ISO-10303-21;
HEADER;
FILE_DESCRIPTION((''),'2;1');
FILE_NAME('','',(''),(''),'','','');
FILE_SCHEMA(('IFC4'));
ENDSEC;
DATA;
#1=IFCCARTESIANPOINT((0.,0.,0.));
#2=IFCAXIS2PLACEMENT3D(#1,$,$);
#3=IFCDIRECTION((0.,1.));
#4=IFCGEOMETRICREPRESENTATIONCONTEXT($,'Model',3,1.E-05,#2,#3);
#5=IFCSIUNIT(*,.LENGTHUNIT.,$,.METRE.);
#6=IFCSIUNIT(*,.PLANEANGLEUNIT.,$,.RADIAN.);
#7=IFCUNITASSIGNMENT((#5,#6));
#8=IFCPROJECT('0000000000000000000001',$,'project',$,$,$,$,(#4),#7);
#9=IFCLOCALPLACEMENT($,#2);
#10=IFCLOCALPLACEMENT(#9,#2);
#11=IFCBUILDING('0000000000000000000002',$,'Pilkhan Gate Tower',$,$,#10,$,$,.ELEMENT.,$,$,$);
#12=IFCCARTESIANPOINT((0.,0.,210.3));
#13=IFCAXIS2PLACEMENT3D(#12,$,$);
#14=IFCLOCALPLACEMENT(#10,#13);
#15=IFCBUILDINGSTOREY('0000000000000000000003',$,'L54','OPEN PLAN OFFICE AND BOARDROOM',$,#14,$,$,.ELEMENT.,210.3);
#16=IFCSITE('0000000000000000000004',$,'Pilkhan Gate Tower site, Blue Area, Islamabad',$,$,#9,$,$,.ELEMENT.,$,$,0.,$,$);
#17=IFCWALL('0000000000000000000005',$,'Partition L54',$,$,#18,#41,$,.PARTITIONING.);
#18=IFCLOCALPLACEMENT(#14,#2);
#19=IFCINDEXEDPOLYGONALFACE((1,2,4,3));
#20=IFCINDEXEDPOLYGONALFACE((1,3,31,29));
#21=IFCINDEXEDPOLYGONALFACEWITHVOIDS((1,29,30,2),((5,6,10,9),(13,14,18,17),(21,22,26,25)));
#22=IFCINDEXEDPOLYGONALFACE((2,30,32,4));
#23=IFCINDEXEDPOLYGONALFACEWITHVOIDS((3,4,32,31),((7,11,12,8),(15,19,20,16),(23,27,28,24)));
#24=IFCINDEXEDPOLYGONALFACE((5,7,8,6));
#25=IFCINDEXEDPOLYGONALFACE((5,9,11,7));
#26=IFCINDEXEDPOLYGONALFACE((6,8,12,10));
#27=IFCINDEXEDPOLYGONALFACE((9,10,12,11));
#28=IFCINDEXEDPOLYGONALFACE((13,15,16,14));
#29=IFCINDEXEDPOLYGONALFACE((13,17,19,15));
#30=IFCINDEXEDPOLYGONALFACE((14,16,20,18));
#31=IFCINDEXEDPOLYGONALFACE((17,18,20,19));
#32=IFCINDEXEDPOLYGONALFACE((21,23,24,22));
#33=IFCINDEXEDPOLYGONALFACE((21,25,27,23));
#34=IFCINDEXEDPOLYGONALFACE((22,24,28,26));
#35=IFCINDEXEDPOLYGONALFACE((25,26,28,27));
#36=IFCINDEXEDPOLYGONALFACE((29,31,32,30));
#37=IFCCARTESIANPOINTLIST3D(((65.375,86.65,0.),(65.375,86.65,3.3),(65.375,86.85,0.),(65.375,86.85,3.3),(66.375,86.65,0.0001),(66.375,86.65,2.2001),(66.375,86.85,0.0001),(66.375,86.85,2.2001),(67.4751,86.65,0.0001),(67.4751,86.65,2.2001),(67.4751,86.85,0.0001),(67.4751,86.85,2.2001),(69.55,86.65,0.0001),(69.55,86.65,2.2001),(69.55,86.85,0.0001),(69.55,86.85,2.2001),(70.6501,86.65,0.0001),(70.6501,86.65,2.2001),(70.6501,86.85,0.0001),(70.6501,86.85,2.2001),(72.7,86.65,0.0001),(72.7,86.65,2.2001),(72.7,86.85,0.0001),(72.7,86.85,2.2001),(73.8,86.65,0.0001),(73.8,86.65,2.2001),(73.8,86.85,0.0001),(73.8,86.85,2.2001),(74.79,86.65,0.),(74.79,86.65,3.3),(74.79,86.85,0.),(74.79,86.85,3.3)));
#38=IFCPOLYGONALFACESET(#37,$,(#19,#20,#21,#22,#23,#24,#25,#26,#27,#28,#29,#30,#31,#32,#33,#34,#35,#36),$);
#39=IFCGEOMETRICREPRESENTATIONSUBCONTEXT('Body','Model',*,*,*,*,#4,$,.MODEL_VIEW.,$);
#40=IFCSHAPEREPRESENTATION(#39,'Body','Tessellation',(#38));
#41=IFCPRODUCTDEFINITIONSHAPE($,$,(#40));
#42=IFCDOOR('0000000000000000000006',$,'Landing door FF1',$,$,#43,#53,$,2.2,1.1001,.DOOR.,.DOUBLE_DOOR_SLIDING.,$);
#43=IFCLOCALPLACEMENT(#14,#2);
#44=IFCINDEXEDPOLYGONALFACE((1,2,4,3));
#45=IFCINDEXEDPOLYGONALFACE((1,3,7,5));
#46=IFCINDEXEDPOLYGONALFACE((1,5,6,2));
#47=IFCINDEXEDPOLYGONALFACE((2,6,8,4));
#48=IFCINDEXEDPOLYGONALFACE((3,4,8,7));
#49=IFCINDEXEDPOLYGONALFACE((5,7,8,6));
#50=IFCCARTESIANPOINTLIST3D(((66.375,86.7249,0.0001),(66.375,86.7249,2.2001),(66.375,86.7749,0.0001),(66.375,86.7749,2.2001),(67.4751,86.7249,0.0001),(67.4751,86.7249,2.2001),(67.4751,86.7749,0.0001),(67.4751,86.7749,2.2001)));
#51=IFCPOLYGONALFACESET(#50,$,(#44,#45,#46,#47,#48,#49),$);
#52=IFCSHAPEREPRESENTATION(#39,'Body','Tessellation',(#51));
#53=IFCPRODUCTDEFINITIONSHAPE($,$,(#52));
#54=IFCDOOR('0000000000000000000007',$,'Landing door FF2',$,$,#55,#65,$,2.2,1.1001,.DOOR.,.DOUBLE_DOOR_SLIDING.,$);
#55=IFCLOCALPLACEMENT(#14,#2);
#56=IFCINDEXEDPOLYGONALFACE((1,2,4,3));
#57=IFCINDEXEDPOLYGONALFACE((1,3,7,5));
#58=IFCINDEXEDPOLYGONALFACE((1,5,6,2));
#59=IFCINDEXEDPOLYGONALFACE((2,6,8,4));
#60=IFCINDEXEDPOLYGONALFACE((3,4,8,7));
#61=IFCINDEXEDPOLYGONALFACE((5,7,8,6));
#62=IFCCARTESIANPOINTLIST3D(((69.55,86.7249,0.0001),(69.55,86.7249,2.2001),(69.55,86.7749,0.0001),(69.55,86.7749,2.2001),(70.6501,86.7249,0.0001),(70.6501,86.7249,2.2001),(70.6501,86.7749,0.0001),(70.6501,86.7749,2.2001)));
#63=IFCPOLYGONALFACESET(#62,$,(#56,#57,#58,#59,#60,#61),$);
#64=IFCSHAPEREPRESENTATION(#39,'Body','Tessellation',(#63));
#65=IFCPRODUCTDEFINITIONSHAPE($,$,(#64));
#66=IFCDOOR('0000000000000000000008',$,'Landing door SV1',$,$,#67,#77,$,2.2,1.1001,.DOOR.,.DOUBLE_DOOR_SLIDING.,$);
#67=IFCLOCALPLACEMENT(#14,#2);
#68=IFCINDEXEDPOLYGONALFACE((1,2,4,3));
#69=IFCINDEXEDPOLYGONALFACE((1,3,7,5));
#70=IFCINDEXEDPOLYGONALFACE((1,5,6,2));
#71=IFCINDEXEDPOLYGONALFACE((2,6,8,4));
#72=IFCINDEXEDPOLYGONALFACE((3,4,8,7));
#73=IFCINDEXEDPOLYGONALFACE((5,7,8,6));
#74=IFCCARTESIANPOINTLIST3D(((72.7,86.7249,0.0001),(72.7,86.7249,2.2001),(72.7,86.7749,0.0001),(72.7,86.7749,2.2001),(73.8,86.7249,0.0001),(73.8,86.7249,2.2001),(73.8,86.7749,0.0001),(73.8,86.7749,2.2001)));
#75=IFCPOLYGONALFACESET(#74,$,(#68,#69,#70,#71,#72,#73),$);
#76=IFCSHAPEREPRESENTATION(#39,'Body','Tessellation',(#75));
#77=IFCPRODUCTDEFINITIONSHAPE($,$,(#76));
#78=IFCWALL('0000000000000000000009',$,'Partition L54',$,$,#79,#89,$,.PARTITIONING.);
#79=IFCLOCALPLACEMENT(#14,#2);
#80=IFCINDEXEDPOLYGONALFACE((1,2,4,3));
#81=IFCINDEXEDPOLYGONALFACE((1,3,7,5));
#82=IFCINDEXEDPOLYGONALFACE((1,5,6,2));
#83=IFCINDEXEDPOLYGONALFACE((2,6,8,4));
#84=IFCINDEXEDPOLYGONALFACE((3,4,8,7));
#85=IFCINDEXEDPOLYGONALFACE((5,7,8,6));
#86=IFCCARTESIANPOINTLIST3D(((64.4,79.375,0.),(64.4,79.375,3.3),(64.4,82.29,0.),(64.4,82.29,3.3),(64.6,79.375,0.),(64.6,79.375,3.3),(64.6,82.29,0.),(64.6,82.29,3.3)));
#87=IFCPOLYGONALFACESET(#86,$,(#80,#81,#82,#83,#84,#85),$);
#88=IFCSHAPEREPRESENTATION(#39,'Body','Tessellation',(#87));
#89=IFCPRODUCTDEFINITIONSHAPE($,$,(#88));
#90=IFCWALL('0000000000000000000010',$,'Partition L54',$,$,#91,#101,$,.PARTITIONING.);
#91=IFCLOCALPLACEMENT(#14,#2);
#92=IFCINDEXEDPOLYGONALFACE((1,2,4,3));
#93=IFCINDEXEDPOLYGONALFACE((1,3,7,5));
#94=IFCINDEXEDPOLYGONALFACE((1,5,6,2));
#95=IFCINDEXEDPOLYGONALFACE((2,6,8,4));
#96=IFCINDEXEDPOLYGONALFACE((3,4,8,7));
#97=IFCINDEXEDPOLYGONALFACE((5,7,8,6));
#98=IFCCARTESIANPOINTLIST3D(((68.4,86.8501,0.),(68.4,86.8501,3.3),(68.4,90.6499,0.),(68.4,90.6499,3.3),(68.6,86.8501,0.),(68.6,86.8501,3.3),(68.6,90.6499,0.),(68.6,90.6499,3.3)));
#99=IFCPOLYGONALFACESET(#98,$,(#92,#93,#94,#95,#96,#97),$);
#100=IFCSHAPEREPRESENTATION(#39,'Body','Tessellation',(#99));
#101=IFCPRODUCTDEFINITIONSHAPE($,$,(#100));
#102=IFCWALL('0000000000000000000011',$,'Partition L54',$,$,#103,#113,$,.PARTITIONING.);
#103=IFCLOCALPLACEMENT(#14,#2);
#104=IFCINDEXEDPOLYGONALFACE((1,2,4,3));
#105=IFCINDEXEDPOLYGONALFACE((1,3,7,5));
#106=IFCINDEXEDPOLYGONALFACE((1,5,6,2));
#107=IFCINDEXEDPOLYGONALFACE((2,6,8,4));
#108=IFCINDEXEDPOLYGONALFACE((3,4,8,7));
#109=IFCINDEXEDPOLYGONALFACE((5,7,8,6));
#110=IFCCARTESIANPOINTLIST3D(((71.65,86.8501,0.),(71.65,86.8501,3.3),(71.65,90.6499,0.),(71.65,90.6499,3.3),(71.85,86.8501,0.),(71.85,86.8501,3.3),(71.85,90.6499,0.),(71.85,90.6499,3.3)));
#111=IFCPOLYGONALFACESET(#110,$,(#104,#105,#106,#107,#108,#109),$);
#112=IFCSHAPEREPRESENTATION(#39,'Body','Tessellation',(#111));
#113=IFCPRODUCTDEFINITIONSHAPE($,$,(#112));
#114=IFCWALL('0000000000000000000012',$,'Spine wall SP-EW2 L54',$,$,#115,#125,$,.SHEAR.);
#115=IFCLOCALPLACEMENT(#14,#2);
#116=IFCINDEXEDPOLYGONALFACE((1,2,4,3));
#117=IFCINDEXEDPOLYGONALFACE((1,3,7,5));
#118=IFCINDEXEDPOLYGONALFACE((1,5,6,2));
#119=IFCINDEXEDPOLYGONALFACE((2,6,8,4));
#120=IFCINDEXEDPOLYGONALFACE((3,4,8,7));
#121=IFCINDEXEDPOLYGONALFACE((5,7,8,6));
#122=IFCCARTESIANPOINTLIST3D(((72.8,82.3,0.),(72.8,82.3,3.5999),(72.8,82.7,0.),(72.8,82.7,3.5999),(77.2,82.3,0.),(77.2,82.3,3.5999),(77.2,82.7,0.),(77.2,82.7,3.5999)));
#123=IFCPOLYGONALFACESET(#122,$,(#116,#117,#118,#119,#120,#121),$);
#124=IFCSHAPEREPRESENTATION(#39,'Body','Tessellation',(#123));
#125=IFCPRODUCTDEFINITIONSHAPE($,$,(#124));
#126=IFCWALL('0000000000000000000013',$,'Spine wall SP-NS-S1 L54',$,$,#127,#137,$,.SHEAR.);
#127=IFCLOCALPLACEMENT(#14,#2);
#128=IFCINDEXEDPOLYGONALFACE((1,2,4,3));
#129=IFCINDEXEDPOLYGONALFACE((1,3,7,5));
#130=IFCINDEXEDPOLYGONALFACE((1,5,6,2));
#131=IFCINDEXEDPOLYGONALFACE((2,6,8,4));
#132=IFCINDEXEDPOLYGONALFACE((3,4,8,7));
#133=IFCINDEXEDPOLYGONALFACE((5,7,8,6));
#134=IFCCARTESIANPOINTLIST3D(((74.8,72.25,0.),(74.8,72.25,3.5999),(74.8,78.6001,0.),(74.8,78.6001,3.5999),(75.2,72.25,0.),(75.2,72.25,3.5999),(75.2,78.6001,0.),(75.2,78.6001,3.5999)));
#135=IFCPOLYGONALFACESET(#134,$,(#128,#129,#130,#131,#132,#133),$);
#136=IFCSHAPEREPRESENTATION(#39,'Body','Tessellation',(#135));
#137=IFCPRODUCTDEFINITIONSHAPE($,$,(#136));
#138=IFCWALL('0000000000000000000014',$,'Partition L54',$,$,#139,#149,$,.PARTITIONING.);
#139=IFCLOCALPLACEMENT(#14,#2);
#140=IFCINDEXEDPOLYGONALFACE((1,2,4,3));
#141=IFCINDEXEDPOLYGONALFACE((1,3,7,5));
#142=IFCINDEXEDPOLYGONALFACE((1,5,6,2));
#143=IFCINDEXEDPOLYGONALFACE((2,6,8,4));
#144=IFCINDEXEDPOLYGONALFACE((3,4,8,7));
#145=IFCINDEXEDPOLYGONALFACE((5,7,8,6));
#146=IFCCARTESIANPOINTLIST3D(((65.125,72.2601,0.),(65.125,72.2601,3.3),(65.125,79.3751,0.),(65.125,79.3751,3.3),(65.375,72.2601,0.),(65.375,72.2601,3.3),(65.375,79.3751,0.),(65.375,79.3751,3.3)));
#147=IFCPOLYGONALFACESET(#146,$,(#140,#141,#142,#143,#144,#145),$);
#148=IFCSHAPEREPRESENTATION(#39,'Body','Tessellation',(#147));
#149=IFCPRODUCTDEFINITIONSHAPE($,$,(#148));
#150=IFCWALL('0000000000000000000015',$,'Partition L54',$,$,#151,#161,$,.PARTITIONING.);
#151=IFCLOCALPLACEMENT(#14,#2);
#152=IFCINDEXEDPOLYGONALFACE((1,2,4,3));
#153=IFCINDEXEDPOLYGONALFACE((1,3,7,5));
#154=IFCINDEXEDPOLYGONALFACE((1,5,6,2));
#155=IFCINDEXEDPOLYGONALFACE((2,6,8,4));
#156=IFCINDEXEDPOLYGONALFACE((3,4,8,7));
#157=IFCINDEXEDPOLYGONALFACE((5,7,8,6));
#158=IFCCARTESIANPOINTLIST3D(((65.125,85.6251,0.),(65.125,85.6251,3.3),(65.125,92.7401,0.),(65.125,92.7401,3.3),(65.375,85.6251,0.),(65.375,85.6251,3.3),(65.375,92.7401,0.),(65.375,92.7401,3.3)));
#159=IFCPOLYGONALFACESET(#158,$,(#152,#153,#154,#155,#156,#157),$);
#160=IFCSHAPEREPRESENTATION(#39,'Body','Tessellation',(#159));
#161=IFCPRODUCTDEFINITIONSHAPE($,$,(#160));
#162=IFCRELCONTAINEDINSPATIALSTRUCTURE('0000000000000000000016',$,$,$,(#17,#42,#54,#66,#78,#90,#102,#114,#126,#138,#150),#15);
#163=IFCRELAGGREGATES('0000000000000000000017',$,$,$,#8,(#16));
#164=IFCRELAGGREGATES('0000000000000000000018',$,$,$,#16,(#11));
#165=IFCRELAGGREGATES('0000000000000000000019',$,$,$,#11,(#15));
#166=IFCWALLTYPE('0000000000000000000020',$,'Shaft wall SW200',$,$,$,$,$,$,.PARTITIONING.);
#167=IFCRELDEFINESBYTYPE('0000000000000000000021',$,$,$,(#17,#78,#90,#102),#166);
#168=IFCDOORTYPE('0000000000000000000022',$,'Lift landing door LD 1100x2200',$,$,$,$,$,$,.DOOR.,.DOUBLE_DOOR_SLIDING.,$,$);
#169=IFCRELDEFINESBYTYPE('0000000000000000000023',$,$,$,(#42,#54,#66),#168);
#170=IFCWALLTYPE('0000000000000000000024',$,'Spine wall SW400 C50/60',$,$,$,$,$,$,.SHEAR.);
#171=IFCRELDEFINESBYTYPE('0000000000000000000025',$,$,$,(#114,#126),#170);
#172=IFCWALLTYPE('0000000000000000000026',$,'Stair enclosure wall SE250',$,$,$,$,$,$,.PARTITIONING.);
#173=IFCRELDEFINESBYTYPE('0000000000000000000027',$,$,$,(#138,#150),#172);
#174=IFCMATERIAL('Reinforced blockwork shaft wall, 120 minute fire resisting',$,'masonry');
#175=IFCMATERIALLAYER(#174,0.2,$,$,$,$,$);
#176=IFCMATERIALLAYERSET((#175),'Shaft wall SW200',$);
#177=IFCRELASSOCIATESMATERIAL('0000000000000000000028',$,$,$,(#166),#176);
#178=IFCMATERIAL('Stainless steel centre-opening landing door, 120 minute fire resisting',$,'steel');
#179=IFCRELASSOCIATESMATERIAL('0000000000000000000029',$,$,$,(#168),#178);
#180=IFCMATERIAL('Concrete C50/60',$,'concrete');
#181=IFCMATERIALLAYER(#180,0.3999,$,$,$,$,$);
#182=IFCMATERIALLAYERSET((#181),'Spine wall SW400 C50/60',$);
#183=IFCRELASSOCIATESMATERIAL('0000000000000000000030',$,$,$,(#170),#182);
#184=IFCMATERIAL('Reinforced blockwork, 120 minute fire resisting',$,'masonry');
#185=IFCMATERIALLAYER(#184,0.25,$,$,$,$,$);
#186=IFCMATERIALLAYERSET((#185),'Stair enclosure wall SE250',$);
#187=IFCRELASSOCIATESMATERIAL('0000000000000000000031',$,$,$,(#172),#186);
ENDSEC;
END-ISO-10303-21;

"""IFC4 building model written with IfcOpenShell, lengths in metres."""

from ifc_helpers import new_model, si_unit, direction, frame, frame_2d, origin, place, context, subcontext, project, spatial, rectangle, extrude, material, layer, layer_set, type_object, element, fill, save


model = new_model("IFC4")

# Units and contexts
model_context = context("Model", 3, precision=1e-05, world=origin(), true_north=direction((0.0, 1.0)))
body_context = subcontext(model_context, "Body", "Model", "MODEL_VIEW")
ifc_project = project(units=[si_unit("LENGTHUNIT", "METRE"), si_unit("PLANEANGLEUNIT", "RADIAN")], contexts=[model_context])

# Site, building, storey
site_placement = place(None, origin())
site = spatial("IfcSite", under=ifc_project, at=site_placement, Name="Pilkhan Gate Tower site, Blue Area, Islamabad", CompositionType="ELEMENT", RefElevation=0.0)
building_placement = place(site_placement, origin())
building = spatial("IfcBuilding", under=site, at=building_placement, Name="Pilkhan Gate Tower", CompositionType="ELEMENT")
storey_placement = place(building_placement, frame((0.0, 0.0, 210.3)))
storey = spatial("IfcBuildingStorey", under=building, at=storey_placement, Name="L54", Description="OPEN PLAN OFFICE AND BOARDROOM", CompositionType="ELEMENT", Elevation=210.3)

# Shared definitions
ifc_material_1 = material(Name="Concrete C50/60", Category="concrete")

# Wall, openings, doors
ifc_material_2 = material(Name="Reinforced blockwork shaft wall, 120 minute fire resisting", Category="masonry")
ifc_layer_1 = layer(ifc_material_2, 0.2)
ifc_layer_set_1 = layer_set([ifc_layer_1], Name="Shaft wall SW200")
wall_type_1 = type_object("IfcWallType", Name="Shaft wall SW200", PredefinedType="PARTITIONING", material=ifc_layer_set_1)
wall_1_placement = place(storey_placement, frame((65.375, 86.75, 0.0), z_axis=(0.0, 0.0, 1.0), x_axis=(1.0, 0.0, 0.0)))
wall_1 = element("IfcWall", 1, at=wall_1_placement, inside=storey, type_object=wall_type_1, Name="Partition L54", PredefinedType="PARTITIONING", context=body_context, shape_type="SweptSolid", body=[
    extrude(rectangle(XDim=9.415, YDim=0.2, at=frame_2d((4.7075, 0.0))), origin(), (0.0, 0.0, 1.0), 3.3),
])
opening_1_placement = place(wall_1_placement, frame((1.0, 0.0, 0.0)))
opening_1 = element("IfcOpeningElement", 2, at=opening_1_placement, cuts=wall_1, PredefinedType="OPENING", context=body_context, shape_type="SweptSolid", body=[
    extrude(rectangle(XDim=1.1001, YDim=2.2, at=frame_2d((0.55, 1.1001))), frame((0.0, 0.1099, 0.0), z_axis=(0.0, -1.0, 0.0), x_axis=(1.0, 0.0, 0.0)), (0.0, 0.0, 1.0), 0.22),
])
opening_2_placement = place(wall_1_placement, frame((4.175, 0.0, 0.0)))
opening_2 = element("IfcOpeningElement", 3, at=opening_2_placement, cuts=wall_1, PredefinedType="OPENING", context=body_context, shape_type="SweptSolid", body=[
    extrude(rectangle(XDim=1.1001, YDim=2.2, at=frame_2d((0.55, 1.1001))), frame((0.0, 0.1099, 0.0), z_axis=(0.0, -1.0, 0.0), x_axis=(1.0, 0.0, 0.0)), (0.0, 0.0, 1.0), 0.22),
])
opening_3_placement = place(wall_1_placement, frame((7.325, 0.0, 0.0)))
opening_3 = element("IfcOpeningElement", 4, at=opening_3_placement, cuts=wall_1, PredefinedType="OPENING", context=body_context, shape_type="SweptSolid", body=[
    extrude(rectangle(XDim=1.1001, YDim=2.2, at=frame_2d((0.55, 1.1001))), frame((0.0, 0.1099, 0.0), z_axis=(0.0, -1.0, 0.0), x_axis=(1.0, 0.0, 0.0)), (0.0, 0.0, 1.0), 0.22),
])
ifc_material_3 = material(Name="Stainless steel centre-opening landing door, 120 minute fire resisting", Category="steel")
door_type_1 = type_object("IfcDoorType", Name="Lift landing door LD 1100x2200", OperationType="DOUBLE_DOOR_SLIDING", PredefinedType="DOOR", material=ifc_material_3)
door_1_placement = place(opening_1_placement, origin())
door_1 = element("IfcDoor", 5, at=door_1_placement, inside=storey, type_object=door_type_1, Name="Landing door FF1", OperationType="DOUBLE_DOOR_SLIDING", OverallHeight=2.2, OverallWidth=1.1001, PredefinedType="DOOR", context=body_context, shape_type="SweptSolid", body=[
    extrude(rectangle(XDim=1.1001, YDim=2.2, at=frame_2d((0.55, 1.1001))), frame((0.0, 0.0249, 0.0), z_axis=(0.0, -1.0, 0.0), x_axis=(1.0, 0.0, 0.0)), (0.0, 0.0, 1.0), 0.05),
])
fill(opening_1, door_1)
door_2_placement = place(opening_2_placement, origin())
door_2 = element("IfcDoor", 6, at=door_2_placement, inside=storey, type_object=door_type_1, Name="Landing door FF2", OperationType="DOUBLE_DOOR_SLIDING", OverallHeight=2.2, OverallWidth=1.1001, PredefinedType="DOOR", context=body_context, shape_type="SweptSolid", body=[
    extrude(rectangle(XDim=1.1001, YDim=2.2, at=frame_2d((0.55, 1.1001))), frame((0.0, 0.0249, 0.0), z_axis=(0.0, -1.0, 0.0), x_axis=(1.0, 0.0, 0.0)), (0.0, 0.0, 1.0), 0.05),
])
fill(opening_2, door_2)
door_3_placement = place(opening_3_placement, origin())
door_3 = element("IfcDoor", 7, at=door_3_placement, inside=storey, type_object=door_type_1, Name="Landing door SV1", OperationType="DOUBLE_DOOR_SLIDING", OverallHeight=2.2, OverallWidth=1.1001, PredefinedType="DOOR", context=body_context, shape_type="SweptSolid", body=[
    extrude(rectangle(XDim=1.1001, YDim=2.2, at=frame_2d((0.55, 1.1001))), frame((0.0, 0.0249, 0.0), z_axis=(0.0, -1.0, 0.0), x_axis=(1.0, 0.0, 0.0)), (0.0, 0.0, 1.0), 0.05),
])
fill(opening_3, door_3)

# Walls
wall_2_placement = place(storey_placement, frame((64.5, 79.375, 0.0), z_axis=(0.0, 0.0, 1.0), x_axis=(0.0, 1.0, 0.0)))
element("IfcWall", 8, at=wall_2_placement, inside=storey, type_object=wall_type_1, Name="Partition L54", PredefinedType="PARTITIONING", context=body_context, shape_type="SweptSolid", body=[
    extrude(rectangle(XDim=2.915, YDim=0.2, at=frame_2d((1.4575, 0.0))), origin(), (0.0, 0.0, 1.0), 3.3),
])
for number, where, z_axis, x_axis, name in (
    (9, (68.5, 86.8501, 0.0), (0.0, 0.0, 1.0), (0.0, 1.0, 0.0), "Partition L54"),
    (10, (71.75, 86.8501, 0.0), (0.0, 0.0, 1.0), (0.0, 1.0, 0.0), "Partition L54"),
):
    element("IfcWall", number, at=place(storey_placement, frame(where, z_axis=z_axis, x_axis=x_axis)), inside=storey, type_object=wall_type_1, Name=name, PredefinedType="PARTITIONING", context=body_context, shape_type="SweptSolid", body=[
        extrude(rectangle(XDim=3.7998, YDim=0.2, at=frame_2d((1.8999, 0.0))), origin(), (0.0, 0.0, 1.0), 3.3),
    ])
ifc_layer_2 = layer(ifc_material_1, 0.3999)
ifc_layer_set_2 = layer_set([ifc_layer_2], Name="Spine wall SW400 C50/60")
wall_type_2 = type_object("IfcWallType", Name="Spine wall SW400 C50/60", PredefinedType="SHEAR", material=ifc_layer_set_2)
wall_3_placement = place(storey_placement, frame((72.8, 82.5, 0.0), z_axis=(0.0, 0.0, 1.0), x_axis=(1.0, 0.0, 0.0)))
element("IfcWall", 11, at=wall_3_placement, inside=storey, type_object=wall_type_2, Name="Spine wall SP-EW2 L54", PredefinedType="SHEAR", context=body_context, shape_type="SweptSolid", body=[
    extrude(rectangle(XDim=4.3999, YDim=0.3999, at=frame_2d((2.2, 0.0))), origin(), (0.0, 0.0, 1.0), 3.5999),
])
wall_4_placement = place(storey_placement, frame((75.0, 72.25, 0.0), z_axis=(0.0, 0.0, 1.0), x_axis=(0.0, 1.0, 0.0)))
element("IfcWall", 12, at=wall_4_placement, inside=storey, type_object=wall_type_2, Name="Spine wall SP-NS-S1 L54", PredefinedType="SHEAR", context=body_context, shape_type="SweptSolid", body=[
    extrude(rectangle(XDim=6.3501, YDim=0.3999, at=frame_2d((3.175, 0.0))), origin(), (0.0, 0.0, 1.0), 3.5999),
])
ifc_material_4 = material(Name="Reinforced blockwork, 120 minute fire resisting", Category="masonry")
ifc_layer_3 = layer(ifc_material_4, 0.25)
ifc_layer_set_3 = layer_set([ifc_layer_3], Name="Stair enclosure wall SE250")
wall_type_3 = type_object("IfcWallType", Name="Stair enclosure wall SE250", PredefinedType="PARTITIONING", material=ifc_layer_set_3)
for number, where, z_axis, x_axis, name in (
    (13, (65.25, 72.26, 0.0), (0.0, 0.0, 1.0), (0.0, 1.0, 0.0), "Partition L54"),
    (14, (65.25, 85.625, 0.0), (0.0, 0.0, 1.0), (0.0, 1.0, 0.0), "Partition L54"),
):
    element("IfcWall", number, at=place(storey_placement, frame(where, z_axis=z_axis, x_axis=x_axis)), inside=storey, type_object=wall_type_3, Name=name, PredefinedType="PARTITIONING", context=body_context, shape_type="SweptSolid", body=[
        extrude(rectangle(XDim=7.115, YDim=0.25, at=frame_2d((3.5576, 0.0))), origin(), (0.0, 0.0, 1.0), 3.3),
    ])

save(model, "model.ifc")
